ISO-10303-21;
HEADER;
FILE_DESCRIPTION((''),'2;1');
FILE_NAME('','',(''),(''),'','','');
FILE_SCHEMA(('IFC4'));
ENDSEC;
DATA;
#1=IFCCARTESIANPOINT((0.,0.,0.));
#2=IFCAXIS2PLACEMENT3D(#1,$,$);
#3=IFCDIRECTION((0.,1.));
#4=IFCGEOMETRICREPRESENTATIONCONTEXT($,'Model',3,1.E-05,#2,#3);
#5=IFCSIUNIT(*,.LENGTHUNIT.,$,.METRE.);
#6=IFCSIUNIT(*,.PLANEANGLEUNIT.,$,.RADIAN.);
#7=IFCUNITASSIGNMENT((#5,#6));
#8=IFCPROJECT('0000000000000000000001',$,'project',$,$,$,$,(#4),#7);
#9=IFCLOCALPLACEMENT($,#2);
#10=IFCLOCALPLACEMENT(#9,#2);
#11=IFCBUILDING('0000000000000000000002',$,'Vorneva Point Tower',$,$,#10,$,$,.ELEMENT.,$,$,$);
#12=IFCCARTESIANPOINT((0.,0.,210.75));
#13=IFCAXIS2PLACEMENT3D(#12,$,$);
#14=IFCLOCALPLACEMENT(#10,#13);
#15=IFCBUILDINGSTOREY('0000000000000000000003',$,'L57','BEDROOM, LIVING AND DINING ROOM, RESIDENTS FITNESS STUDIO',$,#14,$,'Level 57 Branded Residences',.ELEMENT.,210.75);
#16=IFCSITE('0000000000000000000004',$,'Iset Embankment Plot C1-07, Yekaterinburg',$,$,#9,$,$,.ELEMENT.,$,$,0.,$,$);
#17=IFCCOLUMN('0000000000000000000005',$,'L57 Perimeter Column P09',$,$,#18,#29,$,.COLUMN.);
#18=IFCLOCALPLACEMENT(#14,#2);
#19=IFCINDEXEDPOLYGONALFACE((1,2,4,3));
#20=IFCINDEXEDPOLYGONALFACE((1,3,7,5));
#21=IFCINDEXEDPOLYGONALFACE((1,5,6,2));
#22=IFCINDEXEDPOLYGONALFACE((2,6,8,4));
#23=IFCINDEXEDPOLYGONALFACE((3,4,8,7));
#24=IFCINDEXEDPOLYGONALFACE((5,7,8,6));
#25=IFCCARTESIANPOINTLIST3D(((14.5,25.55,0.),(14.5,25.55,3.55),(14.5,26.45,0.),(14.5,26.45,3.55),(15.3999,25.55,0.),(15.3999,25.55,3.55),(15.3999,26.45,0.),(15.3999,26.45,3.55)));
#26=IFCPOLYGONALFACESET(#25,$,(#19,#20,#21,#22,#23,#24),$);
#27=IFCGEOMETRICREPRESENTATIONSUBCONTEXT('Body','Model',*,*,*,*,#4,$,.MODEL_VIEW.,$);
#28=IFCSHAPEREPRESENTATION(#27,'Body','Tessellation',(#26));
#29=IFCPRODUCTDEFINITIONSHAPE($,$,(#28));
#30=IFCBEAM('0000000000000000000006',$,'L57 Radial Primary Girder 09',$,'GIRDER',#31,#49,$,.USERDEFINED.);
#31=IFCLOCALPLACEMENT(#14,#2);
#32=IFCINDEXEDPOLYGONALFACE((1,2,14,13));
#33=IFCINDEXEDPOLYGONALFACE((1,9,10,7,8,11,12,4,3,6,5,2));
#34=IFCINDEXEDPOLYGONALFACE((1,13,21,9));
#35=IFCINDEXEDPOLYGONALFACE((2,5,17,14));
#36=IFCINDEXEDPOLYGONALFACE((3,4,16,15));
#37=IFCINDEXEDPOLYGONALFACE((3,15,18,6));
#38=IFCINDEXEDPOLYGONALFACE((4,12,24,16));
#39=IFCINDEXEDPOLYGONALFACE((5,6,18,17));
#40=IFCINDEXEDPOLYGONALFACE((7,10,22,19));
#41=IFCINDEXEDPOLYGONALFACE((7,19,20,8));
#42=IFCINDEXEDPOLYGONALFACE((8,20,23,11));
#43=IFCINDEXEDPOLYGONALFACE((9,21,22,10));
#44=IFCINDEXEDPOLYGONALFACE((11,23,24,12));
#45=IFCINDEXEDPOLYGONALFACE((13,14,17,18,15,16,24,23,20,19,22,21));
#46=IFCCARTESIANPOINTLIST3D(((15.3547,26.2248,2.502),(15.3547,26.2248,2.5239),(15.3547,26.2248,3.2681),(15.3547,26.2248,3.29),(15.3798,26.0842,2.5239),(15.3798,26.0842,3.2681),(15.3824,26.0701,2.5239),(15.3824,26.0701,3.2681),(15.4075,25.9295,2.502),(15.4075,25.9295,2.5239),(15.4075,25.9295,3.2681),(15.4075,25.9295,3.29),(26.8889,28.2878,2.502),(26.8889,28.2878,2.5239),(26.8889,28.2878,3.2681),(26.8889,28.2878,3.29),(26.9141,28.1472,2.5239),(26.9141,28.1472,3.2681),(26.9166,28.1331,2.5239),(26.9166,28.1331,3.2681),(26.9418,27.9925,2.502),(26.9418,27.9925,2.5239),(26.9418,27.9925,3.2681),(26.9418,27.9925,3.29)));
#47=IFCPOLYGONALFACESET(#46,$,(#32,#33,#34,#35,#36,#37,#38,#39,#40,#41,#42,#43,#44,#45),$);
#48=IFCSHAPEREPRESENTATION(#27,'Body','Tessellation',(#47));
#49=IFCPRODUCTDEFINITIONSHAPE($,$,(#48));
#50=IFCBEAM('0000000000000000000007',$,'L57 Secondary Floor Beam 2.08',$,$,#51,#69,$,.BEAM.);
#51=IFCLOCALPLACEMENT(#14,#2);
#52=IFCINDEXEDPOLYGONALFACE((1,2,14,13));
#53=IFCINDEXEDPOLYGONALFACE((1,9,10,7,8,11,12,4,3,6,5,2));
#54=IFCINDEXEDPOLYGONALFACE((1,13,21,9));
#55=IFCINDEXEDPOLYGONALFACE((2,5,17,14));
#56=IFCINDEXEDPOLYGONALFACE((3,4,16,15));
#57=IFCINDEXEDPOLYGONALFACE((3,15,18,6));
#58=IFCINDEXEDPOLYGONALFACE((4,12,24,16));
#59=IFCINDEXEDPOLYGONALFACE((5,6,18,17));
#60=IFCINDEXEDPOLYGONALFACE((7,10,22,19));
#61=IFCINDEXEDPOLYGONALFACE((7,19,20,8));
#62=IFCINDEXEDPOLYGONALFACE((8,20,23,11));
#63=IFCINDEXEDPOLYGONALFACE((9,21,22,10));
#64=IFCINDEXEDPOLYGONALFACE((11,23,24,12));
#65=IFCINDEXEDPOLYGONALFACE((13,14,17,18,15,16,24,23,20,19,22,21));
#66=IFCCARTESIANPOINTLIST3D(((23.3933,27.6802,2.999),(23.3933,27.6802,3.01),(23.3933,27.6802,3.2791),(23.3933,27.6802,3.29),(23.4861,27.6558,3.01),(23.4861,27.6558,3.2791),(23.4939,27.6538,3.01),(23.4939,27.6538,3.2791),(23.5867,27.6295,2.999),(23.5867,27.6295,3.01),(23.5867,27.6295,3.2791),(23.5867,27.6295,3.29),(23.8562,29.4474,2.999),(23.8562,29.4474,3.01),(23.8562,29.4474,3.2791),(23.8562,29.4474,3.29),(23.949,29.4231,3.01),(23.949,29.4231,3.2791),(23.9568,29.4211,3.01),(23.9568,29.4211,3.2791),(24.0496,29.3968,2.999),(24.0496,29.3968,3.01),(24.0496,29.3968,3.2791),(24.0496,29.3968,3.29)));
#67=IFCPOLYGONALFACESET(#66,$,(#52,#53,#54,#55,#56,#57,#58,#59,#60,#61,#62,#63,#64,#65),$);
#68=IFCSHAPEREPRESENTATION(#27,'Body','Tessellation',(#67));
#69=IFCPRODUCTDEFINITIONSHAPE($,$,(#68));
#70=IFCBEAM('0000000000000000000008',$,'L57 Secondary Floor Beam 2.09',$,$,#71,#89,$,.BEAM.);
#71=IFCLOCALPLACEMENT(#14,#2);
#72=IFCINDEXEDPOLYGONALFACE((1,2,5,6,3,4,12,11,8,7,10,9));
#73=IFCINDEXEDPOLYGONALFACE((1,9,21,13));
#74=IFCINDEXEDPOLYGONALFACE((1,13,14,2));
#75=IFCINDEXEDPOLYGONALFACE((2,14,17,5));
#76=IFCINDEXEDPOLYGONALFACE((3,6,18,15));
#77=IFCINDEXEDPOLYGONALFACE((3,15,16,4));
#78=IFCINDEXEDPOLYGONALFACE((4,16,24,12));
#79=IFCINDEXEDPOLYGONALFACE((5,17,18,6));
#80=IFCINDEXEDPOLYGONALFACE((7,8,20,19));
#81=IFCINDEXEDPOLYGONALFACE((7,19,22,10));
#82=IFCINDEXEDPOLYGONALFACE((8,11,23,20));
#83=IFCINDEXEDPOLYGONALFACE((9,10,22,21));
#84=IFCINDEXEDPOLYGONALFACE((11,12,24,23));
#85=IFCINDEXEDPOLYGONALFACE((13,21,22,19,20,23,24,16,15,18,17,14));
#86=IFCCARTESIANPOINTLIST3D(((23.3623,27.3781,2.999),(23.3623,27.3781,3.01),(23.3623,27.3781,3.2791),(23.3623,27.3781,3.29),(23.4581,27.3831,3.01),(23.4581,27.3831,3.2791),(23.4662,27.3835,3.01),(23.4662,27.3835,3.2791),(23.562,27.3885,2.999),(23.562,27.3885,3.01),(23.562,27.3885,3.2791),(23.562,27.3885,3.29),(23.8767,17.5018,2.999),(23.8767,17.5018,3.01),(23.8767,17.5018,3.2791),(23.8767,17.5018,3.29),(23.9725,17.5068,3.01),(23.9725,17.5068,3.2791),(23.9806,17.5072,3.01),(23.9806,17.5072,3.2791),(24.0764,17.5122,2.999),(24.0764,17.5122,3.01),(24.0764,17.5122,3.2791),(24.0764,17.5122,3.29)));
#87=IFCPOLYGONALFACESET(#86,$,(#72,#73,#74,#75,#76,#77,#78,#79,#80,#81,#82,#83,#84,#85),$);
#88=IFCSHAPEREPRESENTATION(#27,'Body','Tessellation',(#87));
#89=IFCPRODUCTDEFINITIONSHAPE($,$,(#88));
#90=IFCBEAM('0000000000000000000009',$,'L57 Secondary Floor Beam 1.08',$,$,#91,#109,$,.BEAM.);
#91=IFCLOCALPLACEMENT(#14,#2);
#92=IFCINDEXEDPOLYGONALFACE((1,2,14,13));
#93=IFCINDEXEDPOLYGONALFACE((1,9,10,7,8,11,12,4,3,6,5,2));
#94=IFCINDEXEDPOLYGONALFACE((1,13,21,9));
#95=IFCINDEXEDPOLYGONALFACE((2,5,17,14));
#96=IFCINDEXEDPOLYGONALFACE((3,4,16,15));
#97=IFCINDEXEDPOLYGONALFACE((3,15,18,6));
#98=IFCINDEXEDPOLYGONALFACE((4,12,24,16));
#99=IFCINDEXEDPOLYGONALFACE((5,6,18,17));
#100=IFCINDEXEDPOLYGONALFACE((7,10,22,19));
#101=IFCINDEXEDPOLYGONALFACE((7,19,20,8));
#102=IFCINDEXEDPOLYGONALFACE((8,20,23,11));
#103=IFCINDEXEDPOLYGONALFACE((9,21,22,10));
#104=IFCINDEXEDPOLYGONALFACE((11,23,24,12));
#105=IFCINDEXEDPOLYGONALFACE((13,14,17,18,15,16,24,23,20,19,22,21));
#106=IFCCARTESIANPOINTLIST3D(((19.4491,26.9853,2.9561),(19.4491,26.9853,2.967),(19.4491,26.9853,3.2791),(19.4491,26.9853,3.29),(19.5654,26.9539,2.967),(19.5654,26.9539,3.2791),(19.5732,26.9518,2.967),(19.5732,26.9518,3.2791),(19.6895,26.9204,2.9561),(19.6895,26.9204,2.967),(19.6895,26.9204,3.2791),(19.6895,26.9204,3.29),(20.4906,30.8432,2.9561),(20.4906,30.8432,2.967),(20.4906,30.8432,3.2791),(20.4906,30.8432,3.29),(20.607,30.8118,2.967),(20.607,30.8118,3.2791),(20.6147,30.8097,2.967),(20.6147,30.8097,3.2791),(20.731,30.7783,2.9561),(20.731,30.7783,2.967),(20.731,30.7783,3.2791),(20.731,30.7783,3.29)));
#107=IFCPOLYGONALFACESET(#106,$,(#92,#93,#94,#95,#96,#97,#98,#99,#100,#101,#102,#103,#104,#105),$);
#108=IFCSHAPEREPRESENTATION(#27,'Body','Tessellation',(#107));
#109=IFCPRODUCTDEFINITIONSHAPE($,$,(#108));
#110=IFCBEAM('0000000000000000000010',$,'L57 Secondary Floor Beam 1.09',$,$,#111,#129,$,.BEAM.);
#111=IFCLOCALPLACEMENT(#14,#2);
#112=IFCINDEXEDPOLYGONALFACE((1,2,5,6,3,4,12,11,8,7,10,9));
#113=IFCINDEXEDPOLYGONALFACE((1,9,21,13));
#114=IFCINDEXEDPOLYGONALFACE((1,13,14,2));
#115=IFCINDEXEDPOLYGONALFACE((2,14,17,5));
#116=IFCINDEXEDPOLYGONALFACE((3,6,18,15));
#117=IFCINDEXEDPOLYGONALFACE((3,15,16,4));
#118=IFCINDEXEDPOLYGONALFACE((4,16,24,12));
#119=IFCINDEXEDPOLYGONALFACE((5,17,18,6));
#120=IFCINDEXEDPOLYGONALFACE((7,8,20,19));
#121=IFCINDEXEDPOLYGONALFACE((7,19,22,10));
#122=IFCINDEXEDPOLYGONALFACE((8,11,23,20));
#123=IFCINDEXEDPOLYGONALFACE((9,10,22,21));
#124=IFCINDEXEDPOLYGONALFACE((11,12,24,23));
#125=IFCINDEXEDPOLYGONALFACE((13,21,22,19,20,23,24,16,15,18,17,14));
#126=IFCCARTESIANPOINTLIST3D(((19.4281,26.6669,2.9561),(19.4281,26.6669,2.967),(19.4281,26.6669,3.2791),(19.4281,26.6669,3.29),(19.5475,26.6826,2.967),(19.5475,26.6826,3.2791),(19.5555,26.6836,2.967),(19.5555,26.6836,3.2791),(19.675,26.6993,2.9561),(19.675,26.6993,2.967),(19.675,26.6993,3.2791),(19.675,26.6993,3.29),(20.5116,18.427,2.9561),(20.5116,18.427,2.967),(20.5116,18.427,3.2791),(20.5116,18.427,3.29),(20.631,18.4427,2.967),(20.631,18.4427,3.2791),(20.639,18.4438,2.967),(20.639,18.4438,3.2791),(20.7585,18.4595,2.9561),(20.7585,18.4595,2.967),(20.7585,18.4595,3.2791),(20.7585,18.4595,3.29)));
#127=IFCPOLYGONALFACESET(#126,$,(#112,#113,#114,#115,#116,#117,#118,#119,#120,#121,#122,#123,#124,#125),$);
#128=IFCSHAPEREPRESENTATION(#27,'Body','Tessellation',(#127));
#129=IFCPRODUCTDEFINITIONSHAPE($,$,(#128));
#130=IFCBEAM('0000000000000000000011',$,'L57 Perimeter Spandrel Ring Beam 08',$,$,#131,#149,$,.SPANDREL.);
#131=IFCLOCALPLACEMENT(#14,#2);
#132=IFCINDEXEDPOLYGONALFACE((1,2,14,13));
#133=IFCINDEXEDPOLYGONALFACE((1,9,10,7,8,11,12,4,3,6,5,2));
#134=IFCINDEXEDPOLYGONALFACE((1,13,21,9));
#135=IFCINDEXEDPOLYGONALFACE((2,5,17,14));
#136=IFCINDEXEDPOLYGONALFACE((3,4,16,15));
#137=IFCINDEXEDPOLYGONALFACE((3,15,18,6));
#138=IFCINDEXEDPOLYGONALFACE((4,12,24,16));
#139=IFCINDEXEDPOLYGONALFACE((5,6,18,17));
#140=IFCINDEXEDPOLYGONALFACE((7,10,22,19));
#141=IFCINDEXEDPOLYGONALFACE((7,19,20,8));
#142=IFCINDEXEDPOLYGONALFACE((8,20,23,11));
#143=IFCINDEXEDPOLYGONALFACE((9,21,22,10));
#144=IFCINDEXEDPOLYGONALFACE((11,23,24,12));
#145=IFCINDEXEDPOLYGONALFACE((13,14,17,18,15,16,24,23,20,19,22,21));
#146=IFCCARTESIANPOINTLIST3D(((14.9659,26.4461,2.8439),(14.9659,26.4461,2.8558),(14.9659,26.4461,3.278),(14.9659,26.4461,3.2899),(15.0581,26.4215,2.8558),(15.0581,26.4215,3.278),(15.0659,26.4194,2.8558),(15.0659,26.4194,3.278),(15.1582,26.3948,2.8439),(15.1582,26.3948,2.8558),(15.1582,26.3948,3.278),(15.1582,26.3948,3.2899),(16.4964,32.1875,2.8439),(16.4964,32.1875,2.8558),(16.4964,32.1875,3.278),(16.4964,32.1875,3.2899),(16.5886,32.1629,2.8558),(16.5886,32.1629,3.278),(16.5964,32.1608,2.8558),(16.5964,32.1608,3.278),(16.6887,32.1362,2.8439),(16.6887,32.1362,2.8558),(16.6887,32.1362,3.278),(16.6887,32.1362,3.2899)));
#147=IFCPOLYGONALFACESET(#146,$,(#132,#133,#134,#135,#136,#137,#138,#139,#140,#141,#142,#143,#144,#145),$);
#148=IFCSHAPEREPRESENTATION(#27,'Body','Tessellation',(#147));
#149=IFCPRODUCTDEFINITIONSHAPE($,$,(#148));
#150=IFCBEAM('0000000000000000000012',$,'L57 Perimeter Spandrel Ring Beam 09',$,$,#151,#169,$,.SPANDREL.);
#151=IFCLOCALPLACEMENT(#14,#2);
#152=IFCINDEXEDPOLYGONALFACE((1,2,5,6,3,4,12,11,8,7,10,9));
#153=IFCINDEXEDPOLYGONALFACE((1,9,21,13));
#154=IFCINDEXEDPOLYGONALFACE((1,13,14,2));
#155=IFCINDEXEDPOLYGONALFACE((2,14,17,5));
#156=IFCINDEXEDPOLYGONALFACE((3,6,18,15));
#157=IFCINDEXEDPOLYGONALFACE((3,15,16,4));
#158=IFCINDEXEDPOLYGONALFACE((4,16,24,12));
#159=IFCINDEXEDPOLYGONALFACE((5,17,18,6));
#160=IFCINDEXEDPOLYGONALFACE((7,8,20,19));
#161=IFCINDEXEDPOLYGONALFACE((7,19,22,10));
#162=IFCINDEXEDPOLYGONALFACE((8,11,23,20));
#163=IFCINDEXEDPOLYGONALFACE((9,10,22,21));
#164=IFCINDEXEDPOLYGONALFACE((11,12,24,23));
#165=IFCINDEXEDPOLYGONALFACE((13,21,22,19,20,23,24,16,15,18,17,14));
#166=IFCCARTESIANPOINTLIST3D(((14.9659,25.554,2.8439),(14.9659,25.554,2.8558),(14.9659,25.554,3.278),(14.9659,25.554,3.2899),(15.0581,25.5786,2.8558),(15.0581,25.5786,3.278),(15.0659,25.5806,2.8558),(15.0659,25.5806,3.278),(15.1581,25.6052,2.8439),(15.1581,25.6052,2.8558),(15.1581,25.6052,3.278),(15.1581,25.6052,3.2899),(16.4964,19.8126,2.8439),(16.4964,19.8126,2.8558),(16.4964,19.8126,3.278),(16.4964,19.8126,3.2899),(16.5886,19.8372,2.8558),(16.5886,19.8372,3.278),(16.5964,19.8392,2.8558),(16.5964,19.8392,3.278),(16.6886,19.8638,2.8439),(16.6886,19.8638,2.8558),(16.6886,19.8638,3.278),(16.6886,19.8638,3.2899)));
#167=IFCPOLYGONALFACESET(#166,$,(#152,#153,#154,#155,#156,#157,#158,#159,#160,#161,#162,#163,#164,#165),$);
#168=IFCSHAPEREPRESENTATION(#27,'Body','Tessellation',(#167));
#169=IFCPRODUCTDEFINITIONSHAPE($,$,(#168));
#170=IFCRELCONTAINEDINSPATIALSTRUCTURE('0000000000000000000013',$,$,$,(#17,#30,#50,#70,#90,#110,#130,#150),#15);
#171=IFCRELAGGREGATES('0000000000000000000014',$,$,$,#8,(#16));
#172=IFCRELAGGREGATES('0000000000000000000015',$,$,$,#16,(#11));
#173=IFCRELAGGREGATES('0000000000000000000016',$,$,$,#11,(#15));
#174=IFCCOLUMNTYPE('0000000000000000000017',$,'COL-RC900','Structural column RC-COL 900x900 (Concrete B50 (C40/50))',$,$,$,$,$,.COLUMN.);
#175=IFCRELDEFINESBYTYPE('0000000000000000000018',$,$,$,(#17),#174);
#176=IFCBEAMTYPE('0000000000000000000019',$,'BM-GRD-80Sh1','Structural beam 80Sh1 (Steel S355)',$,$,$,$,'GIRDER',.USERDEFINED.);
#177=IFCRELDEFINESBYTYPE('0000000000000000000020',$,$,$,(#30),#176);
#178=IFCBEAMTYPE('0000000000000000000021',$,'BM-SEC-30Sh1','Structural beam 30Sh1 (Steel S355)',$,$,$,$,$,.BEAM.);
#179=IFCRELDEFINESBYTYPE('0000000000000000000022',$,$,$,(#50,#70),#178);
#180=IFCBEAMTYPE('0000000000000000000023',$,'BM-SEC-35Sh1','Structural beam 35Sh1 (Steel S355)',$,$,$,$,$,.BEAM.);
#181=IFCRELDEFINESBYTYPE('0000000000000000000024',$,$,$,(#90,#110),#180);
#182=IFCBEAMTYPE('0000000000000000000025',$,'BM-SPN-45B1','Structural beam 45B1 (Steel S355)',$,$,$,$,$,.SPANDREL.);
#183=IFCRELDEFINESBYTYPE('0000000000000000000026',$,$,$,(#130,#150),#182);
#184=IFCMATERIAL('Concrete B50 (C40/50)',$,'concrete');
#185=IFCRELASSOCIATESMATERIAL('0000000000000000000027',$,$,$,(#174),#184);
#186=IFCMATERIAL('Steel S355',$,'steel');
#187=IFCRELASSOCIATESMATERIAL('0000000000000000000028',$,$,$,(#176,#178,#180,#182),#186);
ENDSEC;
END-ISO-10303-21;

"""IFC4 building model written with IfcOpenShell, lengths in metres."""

from ifc_helpers import new_model, si_unit, direction, frame, origin, origin_2d, place, context, subcontext, project, spatial, rectangle, i_section, extrude, material, material_profile, profile_set, type_object, element, save


model = new_model("IFC4")

# Units and contexts
model_context = context("Model", 3, precision=1e-05, world=origin(), true_north=direction((0.0, 1.0)))
body_context = subcontext(model_context, "Body", "Model", "MODEL_VIEW")
ifc_project = project(units=[si_unit("LENGTHUNIT", "METRE"), si_unit("PLANEANGLEUNIT", "RADIAN")], contexts=[model_context])

# Site, building, storey
site_placement = place(None, origin())
site = spatial("IfcSite", under=ifc_project, at=site_placement, Name="Iset Embankment Plot C1-07, Yekaterinburg", CompositionType="ELEMENT", RefElevation=0.0)
building_placement = place(site_placement, origin())
building = spatial("IfcBuilding", under=site, at=building_placement, Name="Vorneva Point Tower", CompositionType="ELEMENT")
storey_placement = place(building_placement, frame((0.0, 0.0, 210.75)))
storey = spatial("IfcBuildingStorey", under=building, at=storey_placement, Name="L57", Description="BEDROOM, LIVING AND DINING ROOM, RESIDENTS FITNESS STUDIO", LongName="Level 57 Branded Residences", CompositionType="ELEMENT", Elevation=210.75)

# Column
ifc_material_1 = material(Name="Concrete B50 (C40/50)", Category="concrete")
ifc_material_profile_1 = material_profile(ifc_material_1, rectangle(XDim=0.8999, YDim=0.8999, at=origin_2d()), Name="RC-COL 900x900")
ifc_profile_set_1 = profile_set([ifc_material_profile_1], Name="Concrete B50 (C40/50)")
column_type = type_object("IfcColumnType", Name="COL-RC900", Description="Structural column RC-COL 900x900 (Concrete B50 (C40/50))", PredefinedType="COLUMN", material=ifc_profile_set_1)
column_placement = place(storey_placement, frame((14.95, 26.0, 0.0), z_axis=(0.0, 0.0, 1.0), x_axis=(-1.0, 0.0, 0.0)))
element("IfcColumn", 1, at=column_placement, inside=storey, type_object=column_type, Name="L57 Perimeter Column P09", PredefinedType="COLUMN", context=body_context, shape_type="SweptSolid", body=[
    extrude(rectangle(XDim=0.8999, YDim=0.8999, at=origin_2d()), origin(), (0.0, 0.0, 1.0), 3.55),
])

# Beams
ifc_material_2 = material(Name="Steel S355", Category="steel")
ifc_material_profile_2 = material_profile(ifc_material_2, i_section(OverallWidth=0.3, OverallDepth=0.7881, WebThickness=0.0144, FlangeThickness=0.022, at=origin_2d()), Name="80Sh1")
ifc_profile_set_2 = profile_set([ifc_material_profile_2], Name="Steel S355")
beam_type_1 = type_object("IfcBeamType", Name="BM-GRD-80Sh1", Description="Structural beam 80Sh1 (Steel S355)", ElementType="GIRDER", PredefinedType="USERDEFINED", material=ifc_profile_set_2)
beam_1_placement = place(storey_placement, frame((15.3811, 26.0771, 2.896), z_axis=(0.984379, 0.176065, 0.0), x_axis=(-0.176065, 0.984379, 0.0)))
element("IfcBeam", 2, at=beam_1_placement, inside=storey, type_object=beam_type_1, Name="L57 Radial Primary Girder 09", ObjectType="GIRDER", PredefinedType="USERDEFINED", context=body_context, shape_type="SweptSolid", body=[
    extrude(i_section(OverallWidth=0.3, OverallDepth=0.7881, WebThickness=0.0144, FlangeThickness=0.022, at=origin_2d()), origin(), (0.0, 0.0, 1.0), 11.7173),
])
ifc_material_profile_3 = material_profile(ifc_material_2, i_section(OverallWidth=0.2, OverallDepth=0.291, WebThickness=0.0081, FlangeThickness=0.011, at=origin_2d()), Name="30Sh1")
ifc_profile_set_3 = profile_set([ifc_material_profile_3], Name="Steel S355")
beam_type_2 = type_object("IfcBeamType", Name="BM-SEC-30Sh1", Description="Structural beam 30Sh1 (Steel S355)", PredefinedType="BEAM", material=ifc_profile_set_3)
beam_2_placement = place(storey_placement, frame((23.9529, 29.4221, 3.1445), z_axis=(-0.253368, -0.96737, 0.0), x_axis=(0.96737, -0.253368, 0.0)))
element("IfcBeam", 3, at=beam_2_placement, inside=storey, type_object=beam_type_2, Name="L57 Secondary Floor Beam 2.08", PredefinedType="BEAM", context=body_context, shape_type="SweptSolid", body=[
    extrude(i_section(OverallWidth=0.2, OverallDepth=0.291, WebThickness=0.0081, FlangeThickness=0.011, at=origin_2d()), origin(), (0.0, 0.0, 1.0), 1.8269),
])
beam_3_placement = place(storey_placement, frame((23.4622, 27.3833, 3.1445), z_axis=(0.052015, -0.998646, 0.0), x_axis=(0.998646, 0.052015, 0.0)))
element("IfcBeam", 4, at=beam_3_placement, inside=storey, type_object=beam_type_2, Name="L57 Secondary Floor Beam 2.09", PredefinedType="BEAM", context=body_context, shape_type="SweptSolid", body=[
    extrude(i_section(OverallWidth=0.2, OverallDepth=0.291, WebThickness=0.0081, FlangeThickness=0.011, at=origin_2d()), origin(), (0.0, 0.0, 1.0), 9.8896),
])
ifc_material_profile_4 = material_profile(ifc_material_2, i_section(OverallWidth=0.249, OverallDepth=0.334, WebThickness=0.0081, FlangeThickness=0.011, at=origin_2d()), Name="35Sh1")
ifc_profile_set_4 = profile_set([ifc_material_profile_4], Name="Steel S355")
beam_type_3 = type_object("IfcBeamType", Name="BM-SEC-35Sh1", Description="Structural beam 35Sh1 (Steel S355)", PredefinedType="BEAM", material=ifc_profile_set_4)
beam_4_placement = place(storey_placement, frame((20.6108, 30.8108, 3.123), z_axis=(-0.260635, -0.965437, 0.0), x_axis=(0.965437, -0.260635, 0.0)))
element("IfcBeam", 5, at=beam_4_placement, inside=storey, type_object=beam_type_3, Name="L57 Secondary Floor Beam 1.08", PredefinedType="BEAM", context=body_context, shape_type="SweptSolid", body=[
    extrude(i_section(OverallWidth=0.249, OverallDepth=0.334, WebThickness=0.0081, FlangeThickness=0.011, at=origin_2d()), origin(), (0.0, 0.0, 1.0), 3.9961),
])
beam_5_placement = place(storey_placement, frame((19.5515, 26.6831, 3.123), z_axis=(0.130374, -0.991465, 0.0), x_axis=(0.991465, 0.130374, 0.0)))
element("IfcBeam", 6, at=beam_5_placement, inside=storey, type_object=beam_type_3, Name="L57 Secondary Floor Beam 1.09", PredefinedType="BEAM", context=body_context, shape_type="SweptSolid", body=[
    extrude(i_section(OverallWidth=0.249, OverallDepth=0.334, WebThickness=0.0081, FlangeThickness=0.011, at=origin_2d()), origin(), (0.0, 0.0, 1.0), 8.3108),
])
ifc_material_profile_5 = material_profile(ifc_material_2, i_section(OverallWidth=0.199, OverallDepth=0.446, WebThickness=0.0081, FlangeThickness=0.012, at=origin_2d()), Name="45B1")
ifc_profile_set_5 = profile_set([ifc_material_profile_5], Name="Steel S355")
beam_type_4 = type_object("IfcBeamType", Name="BM-SPN-45B1", Description="Structural beam 45B1 (Steel S355)", PredefinedType="SPANDREL", material=ifc_profile_set_5)
for number, where, z_axis, x_axis, name in (
    (7, (16.5925, 32.1619, 3.0669), (-0.257578, -0.966257, 0.0), (0.966257, -0.257578, 0.0), "L57 Perimeter Spandrel Ring Beam 08"),
    (8, (15.062, 25.5796, 3.0669), (0.257578, -0.966257, 0.0), (0.966257, 0.257578, 0.0), "L57 Perimeter Spandrel Ring Beam 09"),
):
    element("IfcBeam", number, at=place(storey_placement, frame(where, z_axis=z_axis, x_axis=x_axis)), inside=storey, type_object=beam_type_4, Name=name, PredefinedType="SPANDREL", context=body_context, shape_type="SweptSolid", body=[
        extrude(i_section(OverallWidth=0.199, OverallDepth=0.446, WebThickness=0.0081, FlangeThickness=0.012, at=origin_2d()), origin(), (0.0, 0.0, 1.0), 5.9419),
    ])

save(model, "model.ifc")
